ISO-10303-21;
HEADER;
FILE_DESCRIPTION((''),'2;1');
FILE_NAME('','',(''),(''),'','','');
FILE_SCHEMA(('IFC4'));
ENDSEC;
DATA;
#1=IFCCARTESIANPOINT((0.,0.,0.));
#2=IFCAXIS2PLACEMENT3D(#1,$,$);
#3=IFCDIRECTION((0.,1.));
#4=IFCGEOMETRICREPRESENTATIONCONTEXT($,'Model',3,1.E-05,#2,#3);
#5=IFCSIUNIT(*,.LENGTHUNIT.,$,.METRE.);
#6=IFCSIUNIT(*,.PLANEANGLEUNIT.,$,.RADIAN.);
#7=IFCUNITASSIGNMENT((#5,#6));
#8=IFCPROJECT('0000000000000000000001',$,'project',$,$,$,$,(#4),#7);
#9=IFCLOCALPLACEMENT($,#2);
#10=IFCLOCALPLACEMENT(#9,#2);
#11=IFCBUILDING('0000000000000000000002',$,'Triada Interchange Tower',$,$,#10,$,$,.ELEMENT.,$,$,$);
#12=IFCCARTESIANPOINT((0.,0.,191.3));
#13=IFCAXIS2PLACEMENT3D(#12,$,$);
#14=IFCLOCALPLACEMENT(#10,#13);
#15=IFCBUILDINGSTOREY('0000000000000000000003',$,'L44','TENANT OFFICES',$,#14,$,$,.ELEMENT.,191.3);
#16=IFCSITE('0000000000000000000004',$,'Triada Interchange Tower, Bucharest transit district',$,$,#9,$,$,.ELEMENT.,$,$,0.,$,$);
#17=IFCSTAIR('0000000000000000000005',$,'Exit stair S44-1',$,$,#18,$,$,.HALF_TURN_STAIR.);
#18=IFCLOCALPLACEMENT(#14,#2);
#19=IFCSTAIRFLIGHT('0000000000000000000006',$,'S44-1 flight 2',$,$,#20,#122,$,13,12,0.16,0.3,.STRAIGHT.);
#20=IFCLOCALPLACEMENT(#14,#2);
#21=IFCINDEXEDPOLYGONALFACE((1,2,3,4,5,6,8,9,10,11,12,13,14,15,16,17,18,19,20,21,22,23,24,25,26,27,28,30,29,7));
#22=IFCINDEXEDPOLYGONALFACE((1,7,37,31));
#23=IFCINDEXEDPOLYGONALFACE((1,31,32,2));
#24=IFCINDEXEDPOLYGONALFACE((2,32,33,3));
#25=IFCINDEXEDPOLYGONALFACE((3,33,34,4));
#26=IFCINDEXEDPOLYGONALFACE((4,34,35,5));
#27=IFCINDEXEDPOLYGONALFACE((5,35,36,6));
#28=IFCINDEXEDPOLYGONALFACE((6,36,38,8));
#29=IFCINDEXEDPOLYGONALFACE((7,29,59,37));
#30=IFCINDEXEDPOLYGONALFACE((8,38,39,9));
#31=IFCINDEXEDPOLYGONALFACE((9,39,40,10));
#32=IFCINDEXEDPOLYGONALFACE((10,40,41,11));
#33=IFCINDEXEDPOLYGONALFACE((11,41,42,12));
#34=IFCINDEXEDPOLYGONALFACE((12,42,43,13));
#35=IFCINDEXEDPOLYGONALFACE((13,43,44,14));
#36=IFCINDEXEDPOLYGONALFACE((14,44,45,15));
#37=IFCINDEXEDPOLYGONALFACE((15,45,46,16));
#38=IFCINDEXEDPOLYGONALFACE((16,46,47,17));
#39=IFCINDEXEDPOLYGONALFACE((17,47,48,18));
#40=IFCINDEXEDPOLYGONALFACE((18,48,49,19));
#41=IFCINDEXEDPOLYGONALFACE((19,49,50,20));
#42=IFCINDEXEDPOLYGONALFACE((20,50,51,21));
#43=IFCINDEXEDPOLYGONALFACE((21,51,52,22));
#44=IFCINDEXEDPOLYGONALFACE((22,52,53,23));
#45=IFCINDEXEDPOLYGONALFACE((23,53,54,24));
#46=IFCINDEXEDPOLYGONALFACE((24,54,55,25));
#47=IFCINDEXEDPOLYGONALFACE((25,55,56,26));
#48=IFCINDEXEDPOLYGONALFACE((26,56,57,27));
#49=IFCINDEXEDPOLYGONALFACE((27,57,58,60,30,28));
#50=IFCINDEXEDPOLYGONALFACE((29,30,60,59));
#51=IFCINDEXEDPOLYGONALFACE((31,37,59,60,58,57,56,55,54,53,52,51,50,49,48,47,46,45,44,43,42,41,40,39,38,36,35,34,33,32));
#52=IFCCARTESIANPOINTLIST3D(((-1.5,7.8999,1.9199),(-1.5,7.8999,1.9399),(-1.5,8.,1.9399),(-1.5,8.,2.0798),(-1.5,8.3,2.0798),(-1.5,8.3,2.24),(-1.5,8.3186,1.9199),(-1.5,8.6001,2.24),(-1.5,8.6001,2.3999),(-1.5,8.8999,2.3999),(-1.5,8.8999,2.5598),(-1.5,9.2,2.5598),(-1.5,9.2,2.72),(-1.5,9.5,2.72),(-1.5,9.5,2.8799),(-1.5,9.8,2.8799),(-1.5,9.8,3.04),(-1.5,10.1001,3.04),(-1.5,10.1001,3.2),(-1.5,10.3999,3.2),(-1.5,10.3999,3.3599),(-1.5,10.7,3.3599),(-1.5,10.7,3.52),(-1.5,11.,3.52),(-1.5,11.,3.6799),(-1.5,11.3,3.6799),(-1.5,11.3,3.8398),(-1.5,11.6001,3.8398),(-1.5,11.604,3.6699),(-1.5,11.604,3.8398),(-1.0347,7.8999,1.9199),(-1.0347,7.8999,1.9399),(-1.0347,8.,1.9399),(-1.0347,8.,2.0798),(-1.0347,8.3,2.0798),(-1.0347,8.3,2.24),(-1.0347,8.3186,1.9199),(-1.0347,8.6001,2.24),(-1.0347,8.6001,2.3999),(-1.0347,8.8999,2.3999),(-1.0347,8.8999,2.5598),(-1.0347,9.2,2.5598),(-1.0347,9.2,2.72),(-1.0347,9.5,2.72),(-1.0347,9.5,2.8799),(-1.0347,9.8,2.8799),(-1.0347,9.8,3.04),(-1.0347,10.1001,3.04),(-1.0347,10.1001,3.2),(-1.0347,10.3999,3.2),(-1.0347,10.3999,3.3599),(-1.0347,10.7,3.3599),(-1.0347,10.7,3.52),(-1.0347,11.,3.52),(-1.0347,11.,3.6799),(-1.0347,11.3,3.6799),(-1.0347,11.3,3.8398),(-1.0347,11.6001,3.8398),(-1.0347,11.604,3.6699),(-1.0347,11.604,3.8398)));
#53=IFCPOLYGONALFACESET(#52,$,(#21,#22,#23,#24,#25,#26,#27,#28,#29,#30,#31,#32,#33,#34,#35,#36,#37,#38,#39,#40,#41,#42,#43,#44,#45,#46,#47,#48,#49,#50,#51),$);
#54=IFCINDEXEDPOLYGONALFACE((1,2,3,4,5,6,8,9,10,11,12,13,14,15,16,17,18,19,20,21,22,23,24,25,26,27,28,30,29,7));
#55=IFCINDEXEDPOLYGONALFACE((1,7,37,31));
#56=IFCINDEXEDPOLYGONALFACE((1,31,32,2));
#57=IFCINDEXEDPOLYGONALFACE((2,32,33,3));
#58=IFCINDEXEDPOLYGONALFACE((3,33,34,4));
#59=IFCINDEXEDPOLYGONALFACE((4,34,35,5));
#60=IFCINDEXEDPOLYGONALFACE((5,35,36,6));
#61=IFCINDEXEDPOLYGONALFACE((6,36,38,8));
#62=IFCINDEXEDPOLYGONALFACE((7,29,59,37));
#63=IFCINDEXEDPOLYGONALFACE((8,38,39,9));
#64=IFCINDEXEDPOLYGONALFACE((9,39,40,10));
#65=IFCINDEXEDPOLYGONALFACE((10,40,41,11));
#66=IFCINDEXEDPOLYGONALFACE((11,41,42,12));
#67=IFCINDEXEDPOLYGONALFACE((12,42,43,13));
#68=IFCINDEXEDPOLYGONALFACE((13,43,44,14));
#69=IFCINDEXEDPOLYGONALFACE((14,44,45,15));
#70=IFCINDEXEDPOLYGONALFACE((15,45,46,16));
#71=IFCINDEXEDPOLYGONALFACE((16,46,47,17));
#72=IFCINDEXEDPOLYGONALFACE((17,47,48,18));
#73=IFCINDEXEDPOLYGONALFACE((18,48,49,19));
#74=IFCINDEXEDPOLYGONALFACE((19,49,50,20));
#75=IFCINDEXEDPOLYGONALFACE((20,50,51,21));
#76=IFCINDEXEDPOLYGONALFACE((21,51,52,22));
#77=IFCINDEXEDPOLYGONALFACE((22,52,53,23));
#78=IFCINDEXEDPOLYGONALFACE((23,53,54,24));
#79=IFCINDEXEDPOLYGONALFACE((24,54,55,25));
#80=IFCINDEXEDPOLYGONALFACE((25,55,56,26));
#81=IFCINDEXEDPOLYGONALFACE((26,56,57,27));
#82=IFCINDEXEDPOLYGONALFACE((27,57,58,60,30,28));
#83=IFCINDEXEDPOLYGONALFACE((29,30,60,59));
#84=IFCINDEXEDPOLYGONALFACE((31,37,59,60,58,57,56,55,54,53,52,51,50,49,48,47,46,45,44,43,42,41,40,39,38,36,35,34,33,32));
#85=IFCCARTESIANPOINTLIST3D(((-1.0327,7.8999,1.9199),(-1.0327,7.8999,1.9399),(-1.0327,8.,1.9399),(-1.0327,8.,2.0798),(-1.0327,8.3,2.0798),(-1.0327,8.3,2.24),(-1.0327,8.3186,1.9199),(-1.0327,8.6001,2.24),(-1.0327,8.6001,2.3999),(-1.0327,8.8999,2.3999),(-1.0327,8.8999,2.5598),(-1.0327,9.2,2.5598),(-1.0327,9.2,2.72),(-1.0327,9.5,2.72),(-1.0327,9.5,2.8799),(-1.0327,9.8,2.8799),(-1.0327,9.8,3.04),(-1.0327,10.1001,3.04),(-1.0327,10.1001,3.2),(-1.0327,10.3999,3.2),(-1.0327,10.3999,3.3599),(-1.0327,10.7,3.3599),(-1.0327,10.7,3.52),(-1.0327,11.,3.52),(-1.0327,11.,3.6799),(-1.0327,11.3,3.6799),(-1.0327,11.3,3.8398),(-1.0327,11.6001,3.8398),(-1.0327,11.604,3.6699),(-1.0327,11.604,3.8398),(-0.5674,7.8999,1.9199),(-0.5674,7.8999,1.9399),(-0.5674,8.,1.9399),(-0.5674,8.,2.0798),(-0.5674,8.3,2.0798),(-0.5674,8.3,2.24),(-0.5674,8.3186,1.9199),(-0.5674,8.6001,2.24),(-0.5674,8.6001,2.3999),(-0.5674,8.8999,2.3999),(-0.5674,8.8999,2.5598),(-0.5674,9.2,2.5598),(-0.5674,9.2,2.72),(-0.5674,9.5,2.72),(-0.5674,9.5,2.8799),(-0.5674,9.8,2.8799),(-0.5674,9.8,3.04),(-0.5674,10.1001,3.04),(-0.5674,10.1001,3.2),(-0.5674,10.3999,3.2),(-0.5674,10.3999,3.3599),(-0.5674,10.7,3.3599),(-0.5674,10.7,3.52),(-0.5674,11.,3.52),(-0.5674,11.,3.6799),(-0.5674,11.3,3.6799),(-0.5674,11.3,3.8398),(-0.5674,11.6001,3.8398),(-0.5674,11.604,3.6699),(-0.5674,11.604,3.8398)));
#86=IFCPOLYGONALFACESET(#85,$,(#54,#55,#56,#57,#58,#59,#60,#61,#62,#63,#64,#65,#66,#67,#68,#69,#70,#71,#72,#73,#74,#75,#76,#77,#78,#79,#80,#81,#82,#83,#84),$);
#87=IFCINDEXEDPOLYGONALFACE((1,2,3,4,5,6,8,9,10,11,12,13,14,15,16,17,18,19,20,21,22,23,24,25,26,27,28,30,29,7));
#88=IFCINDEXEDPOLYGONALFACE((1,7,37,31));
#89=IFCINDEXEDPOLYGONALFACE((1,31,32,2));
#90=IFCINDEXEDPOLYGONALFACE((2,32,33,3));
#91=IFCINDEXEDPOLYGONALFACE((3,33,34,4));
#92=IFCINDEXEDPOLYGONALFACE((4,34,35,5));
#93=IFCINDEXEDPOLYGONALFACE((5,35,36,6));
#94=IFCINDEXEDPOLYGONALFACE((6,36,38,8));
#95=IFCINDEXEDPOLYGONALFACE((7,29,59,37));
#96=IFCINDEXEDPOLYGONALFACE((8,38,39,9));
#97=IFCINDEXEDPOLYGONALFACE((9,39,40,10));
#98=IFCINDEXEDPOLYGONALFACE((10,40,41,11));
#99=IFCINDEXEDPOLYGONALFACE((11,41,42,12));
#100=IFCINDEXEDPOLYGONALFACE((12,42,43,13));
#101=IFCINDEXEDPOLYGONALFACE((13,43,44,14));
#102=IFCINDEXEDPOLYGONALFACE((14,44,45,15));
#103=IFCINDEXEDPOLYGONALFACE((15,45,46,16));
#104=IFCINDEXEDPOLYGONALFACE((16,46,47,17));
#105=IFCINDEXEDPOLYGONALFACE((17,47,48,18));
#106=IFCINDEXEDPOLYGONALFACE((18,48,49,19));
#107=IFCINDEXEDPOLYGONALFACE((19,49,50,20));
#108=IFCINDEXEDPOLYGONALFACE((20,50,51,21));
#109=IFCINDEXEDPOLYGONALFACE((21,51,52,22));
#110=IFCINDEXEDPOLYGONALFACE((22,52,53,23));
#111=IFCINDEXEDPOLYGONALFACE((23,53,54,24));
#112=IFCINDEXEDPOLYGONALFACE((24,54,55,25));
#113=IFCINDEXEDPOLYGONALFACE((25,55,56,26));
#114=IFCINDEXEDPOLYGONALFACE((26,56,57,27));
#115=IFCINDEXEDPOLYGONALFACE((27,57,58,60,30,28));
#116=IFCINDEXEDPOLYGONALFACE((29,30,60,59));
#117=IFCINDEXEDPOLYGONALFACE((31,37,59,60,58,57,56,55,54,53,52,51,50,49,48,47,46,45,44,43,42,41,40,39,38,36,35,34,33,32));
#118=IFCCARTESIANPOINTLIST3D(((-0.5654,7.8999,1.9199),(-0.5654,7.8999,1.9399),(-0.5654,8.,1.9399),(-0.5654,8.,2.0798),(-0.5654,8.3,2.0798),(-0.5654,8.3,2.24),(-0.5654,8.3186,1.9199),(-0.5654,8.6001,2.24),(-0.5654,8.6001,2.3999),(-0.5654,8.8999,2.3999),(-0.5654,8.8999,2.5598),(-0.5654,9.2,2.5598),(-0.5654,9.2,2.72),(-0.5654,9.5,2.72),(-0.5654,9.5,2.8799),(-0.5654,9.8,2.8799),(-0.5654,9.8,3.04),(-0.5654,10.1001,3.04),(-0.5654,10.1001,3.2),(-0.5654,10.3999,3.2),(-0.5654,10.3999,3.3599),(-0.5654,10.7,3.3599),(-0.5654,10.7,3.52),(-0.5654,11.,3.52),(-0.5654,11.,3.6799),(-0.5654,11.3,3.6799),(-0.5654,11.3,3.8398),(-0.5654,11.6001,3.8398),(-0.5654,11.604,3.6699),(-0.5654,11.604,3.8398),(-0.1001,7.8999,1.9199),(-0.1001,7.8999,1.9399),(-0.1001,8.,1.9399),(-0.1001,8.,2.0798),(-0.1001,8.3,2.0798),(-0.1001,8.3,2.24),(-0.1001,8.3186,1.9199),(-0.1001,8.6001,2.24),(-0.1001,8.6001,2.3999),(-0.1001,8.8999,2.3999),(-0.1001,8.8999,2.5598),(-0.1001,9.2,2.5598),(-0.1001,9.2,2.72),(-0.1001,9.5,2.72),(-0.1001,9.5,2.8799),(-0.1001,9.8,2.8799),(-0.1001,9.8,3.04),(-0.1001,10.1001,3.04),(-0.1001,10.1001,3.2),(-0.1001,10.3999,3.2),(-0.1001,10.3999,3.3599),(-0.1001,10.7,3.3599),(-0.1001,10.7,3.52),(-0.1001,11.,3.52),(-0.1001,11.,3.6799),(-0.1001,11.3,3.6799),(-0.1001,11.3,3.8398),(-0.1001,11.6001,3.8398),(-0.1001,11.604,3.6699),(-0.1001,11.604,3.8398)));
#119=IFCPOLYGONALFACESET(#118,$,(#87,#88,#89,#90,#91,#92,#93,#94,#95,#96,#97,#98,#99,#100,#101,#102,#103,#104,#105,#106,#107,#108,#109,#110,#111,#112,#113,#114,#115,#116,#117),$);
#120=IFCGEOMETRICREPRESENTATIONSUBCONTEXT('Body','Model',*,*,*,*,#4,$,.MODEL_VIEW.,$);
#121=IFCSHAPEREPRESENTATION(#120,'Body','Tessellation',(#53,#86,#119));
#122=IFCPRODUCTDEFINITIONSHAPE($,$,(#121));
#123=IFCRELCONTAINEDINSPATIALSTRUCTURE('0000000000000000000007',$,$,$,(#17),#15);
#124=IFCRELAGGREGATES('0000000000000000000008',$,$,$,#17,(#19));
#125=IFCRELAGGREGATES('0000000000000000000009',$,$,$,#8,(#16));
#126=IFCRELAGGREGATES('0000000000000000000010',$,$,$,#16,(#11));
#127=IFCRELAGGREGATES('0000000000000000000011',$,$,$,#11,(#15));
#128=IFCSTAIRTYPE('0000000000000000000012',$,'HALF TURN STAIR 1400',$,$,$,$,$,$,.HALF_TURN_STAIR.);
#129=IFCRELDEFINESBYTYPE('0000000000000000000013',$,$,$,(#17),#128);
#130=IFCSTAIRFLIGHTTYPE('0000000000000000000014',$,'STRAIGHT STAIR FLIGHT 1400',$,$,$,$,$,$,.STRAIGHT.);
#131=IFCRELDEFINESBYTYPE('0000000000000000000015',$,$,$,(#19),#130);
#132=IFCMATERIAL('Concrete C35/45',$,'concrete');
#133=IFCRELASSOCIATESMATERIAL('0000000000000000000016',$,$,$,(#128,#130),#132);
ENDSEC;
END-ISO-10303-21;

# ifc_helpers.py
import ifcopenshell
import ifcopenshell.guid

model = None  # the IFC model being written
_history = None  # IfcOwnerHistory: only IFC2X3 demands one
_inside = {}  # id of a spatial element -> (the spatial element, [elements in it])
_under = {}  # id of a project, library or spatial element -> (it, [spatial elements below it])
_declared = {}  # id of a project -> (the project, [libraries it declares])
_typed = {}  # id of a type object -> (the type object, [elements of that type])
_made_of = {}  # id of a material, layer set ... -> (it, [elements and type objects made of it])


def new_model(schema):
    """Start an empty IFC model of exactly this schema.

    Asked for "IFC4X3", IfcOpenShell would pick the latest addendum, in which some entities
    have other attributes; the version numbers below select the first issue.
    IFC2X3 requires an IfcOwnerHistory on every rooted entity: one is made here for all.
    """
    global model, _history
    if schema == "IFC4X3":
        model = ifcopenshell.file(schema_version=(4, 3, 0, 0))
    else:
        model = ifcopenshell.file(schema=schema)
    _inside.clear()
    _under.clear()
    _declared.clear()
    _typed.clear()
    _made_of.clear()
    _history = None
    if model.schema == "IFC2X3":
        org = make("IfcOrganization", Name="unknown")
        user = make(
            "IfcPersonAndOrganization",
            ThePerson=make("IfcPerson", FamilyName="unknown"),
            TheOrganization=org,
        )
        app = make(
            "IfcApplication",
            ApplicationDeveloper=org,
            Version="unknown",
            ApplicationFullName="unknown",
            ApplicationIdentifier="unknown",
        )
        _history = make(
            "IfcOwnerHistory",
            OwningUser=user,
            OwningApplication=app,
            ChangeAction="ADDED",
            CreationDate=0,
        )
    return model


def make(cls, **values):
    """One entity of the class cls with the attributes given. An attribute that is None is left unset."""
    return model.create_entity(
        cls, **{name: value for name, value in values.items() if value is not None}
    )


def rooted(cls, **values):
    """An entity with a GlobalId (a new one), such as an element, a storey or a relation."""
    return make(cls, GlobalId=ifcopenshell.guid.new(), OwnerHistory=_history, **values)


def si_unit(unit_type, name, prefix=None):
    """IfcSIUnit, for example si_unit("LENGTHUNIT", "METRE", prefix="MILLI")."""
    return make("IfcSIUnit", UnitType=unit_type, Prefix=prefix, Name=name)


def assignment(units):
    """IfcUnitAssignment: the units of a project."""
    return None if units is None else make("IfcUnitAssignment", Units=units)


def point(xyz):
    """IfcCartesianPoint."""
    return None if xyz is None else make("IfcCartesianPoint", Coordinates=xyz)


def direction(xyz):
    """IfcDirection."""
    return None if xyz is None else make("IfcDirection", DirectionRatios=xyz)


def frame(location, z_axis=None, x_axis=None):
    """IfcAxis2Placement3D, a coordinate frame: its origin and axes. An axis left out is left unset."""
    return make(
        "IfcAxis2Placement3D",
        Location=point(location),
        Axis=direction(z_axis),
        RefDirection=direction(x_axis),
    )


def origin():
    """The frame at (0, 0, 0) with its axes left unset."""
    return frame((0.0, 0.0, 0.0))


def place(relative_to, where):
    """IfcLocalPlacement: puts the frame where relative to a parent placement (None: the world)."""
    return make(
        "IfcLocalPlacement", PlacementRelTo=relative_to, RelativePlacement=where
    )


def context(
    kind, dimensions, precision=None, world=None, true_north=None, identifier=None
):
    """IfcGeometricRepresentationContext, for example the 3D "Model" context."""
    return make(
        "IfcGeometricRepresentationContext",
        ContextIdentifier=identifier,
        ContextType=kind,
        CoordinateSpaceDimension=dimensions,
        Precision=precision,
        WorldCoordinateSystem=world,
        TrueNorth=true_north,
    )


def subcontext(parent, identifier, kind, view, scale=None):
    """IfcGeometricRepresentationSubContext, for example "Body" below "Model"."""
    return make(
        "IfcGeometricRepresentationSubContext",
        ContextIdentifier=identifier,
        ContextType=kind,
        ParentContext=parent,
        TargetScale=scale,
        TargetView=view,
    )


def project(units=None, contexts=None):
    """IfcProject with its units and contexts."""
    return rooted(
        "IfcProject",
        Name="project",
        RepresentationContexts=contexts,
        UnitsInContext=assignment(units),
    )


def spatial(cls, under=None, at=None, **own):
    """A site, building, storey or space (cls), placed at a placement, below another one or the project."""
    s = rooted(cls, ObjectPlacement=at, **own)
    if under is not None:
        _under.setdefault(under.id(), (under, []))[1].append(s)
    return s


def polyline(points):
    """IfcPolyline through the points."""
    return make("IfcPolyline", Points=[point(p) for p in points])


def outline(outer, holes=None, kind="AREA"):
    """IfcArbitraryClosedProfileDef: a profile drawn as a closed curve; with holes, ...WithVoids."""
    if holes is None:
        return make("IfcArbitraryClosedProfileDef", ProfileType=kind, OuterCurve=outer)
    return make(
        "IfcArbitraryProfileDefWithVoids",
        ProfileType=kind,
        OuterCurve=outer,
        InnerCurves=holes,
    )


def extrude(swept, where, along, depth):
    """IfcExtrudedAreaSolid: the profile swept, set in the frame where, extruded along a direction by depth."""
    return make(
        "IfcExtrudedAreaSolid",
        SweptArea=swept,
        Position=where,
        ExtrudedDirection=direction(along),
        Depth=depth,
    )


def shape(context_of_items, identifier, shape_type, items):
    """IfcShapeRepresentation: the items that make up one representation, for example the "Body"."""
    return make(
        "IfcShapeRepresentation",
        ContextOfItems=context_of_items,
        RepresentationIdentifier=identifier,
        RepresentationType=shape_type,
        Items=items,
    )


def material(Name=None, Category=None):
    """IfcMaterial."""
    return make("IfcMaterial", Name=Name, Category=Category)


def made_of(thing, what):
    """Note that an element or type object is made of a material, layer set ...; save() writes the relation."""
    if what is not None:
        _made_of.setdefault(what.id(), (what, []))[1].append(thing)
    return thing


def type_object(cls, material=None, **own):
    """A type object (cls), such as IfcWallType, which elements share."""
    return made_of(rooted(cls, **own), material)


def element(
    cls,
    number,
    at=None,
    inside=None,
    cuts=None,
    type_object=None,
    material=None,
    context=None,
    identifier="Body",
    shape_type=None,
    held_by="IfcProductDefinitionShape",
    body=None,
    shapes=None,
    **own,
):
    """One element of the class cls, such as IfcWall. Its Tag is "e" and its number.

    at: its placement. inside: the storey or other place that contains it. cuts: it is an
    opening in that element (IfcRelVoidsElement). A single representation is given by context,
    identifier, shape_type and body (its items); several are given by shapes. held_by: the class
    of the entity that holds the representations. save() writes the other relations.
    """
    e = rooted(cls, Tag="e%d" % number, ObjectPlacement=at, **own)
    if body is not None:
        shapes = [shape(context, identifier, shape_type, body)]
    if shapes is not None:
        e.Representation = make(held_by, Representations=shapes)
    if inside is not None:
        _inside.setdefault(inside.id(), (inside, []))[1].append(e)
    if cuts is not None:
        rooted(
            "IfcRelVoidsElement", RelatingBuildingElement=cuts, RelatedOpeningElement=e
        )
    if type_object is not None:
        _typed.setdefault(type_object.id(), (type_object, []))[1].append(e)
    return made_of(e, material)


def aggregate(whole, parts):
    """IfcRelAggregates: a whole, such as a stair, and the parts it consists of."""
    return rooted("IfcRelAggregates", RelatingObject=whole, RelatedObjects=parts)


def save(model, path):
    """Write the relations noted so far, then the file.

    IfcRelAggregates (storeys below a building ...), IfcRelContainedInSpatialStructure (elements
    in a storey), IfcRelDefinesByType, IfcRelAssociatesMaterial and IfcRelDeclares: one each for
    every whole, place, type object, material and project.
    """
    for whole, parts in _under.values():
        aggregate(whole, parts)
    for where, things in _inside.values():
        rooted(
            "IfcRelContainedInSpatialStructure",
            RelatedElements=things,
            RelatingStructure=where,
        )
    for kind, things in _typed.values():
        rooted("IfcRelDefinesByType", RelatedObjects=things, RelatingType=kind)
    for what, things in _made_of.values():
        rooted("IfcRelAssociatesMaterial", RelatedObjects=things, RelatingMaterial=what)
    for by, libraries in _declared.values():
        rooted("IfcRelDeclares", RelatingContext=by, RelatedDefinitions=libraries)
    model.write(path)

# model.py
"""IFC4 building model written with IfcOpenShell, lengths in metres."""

from ifc_helpers import new_model, si_unit, direction, frame, origin, place, context, subcontext, project, spatial, polyline, outline, extrude, material, type_object, element, aggregate, save


model = new_model("IFC4")

# Units and contexts
model_context = context("Model", 3, precision=1e-05, world=origin(), true_north=direction((0.0, 1.0)))
body_context = subcontext(model_context, "Body", "Model", "MODEL_VIEW")
ifc_project = project(units=[si_unit("LENGTHUNIT", "METRE"), si_unit("PLANEANGLEUNIT", "RADIAN")], contexts=[model_context])

# Site, building, storey
site_placement = place(None, origin())
site = spatial("IfcSite", under=ifc_project, at=site_placement, Name="Triada Interchange Tower, Bucharest transit district", CompositionType="ELEMENT", RefElevation=0.0)
building_placement = place(site_placement, origin())
building = spatial("IfcBuilding", under=site, at=building_placement, Name="Triada Interchange Tower", CompositionType="ELEMENT")
storey_placement = place(building_placement, frame((0.0, 0.0, 191.3)))
storey = spatial("IfcBuildingStorey", under=building, at=storey_placement, Name="L44", Description="TENANT OFFICES", CompositionType="ELEMENT", Elevation=191.3)

# Stair, stair flight
ifc_material_1 = material(Name="Concrete C35/45", Category="concrete")
stair_type = type_object("IfcStairType", Name="HALF TURN STAIR 1400", PredefinedType="HALF_TURN_STAIR", material=ifc_material_1)
stair_placement = place(storey_placement, origin())
stair = element("IfcStair", 1, at=stair_placement, inside=storey, type_object=stair_type, Name="Exit stair S44-1", PredefinedType="HALF_TURN_STAIR")
stair_flight_type = type_object("IfcStairFlightType", Name="STRAIGHT STAIR FLIGHT 1400", PredefinedType="STRAIGHT", material=ifc_material_1)
stair_flight_placement = place(storey_placement, frame((-0.8, 8.0, 1.9199), z_axis=(0.0, 0.0, 1.0), x_axis=(0.0, 1.0, 0.0)))
stair_flight = element("IfcStairFlight", 2, at=stair_flight_placement, type_object=stair_flight_type, Name="S44-1 flight 2", NumberOfRisers=13, NumberOfTreads=12, PredefinedType="STRAIGHT", RiserHeight=0.16, TreadLength=0.3, context=body_context, shape_type="SweptSolid", body=[
    extrude(outline(polyline([(-0.1001, 0.0), (-0.1001, 0.02), (0.0, 0.02), (0.0, 0.1599), (0.3, 0.1599), (0.3, 0.3201), (0.6001, 0.3201), (0.6001, 0.48), (0.8999, 0.48), (0.8999, 0.6399), (1.2, 0.6399), (1.2, 0.8), (1.5, 0.8), (1.5, 0.96), (1.8, 0.96), (1.8, 1.1201), (2.1001, 1.1201), (2.1001, 1.28), (2.3999, 1.28), (2.3999, 1.4399), (2.7, 1.4399), (2.7, 1.6001), (3.0, 1.6001), (3.0, 1.76), (3.3, 1.76), (3.3, 1.9199), (3.6001, 1.9199), (3.604, 1.9199), (3.604, 2.0801), (3.604, 1.75), (0.3186, 0.0), (-0.1001, 0.0)])), frame((0.0, 0.7, 0.0), z_axis=(0.0, -1.0, 0.0), x_axis=(1.0, 0.0, 0.0)), (0.0, 0.0, 1.0), 0.4653),
    extrude(outline(polyline([(-0.1001, 0.0), (-0.1001, 0.02), (0.0, 0.02), (0.0, 0.1599), (0.3, 0.1599), (0.3, 0.3201), (0.6001, 0.3201), (0.6001, 0.48), (0.8999, 0.48), (0.8999, 0.6399), (1.2, 0.6399), (1.2, 0.8), (1.5, 0.8), (1.5, 0.96), (1.8, 0.96), (1.8, 1.1201), (2.1001, 1.1201), (2.1001, 1.28), (2.3999, 1.28), (2.3999, 1.4399), (2.7, 1.4399), (2.7, 1.6001), (3.0, 1.6001), (3.0, 1.76), (3.3, 1.76), (3.3, 1.9199), (3.6001, 1.9199), (3.604, 1.9199), (3.604, 2.0801), (3.604, 1.75), (0.3186, 0.0), (-0.1001, 0.0)])), frame((0.0, 0.2327, 0.0), z_axis=(0.0, -1.0, 0.0), x_axis=(1.0, 0.0, 0.0)), (0.0, 0.0, 1.0), 0.4653),
    extrude(outline(polyline([(-0.1001, 0.0), (-0.1001, 0.02), (0.0, 0.02), (0.0, 0.1599), (0.3, 0.1599), (0.3, 0.3201), (0.6001, 0.3201), (0.6001, 0.48), (0.8999, 0.48), (0.8999, 0.6399), (1.2, 0.6399), (1.2, 0.8), (1.5, 0.8), (1.5, 0.96), (1.8, 0.96), (1.8, 1.1201), (2.1001, 1.1201), (2.1001, 1.28), (2.3999, 1.28), (2.3999, 1.4399), (2.7, 1.4399), (2.7, 1.6001), (3.0, 1.6001), (3.0, 1.76), (3.3, 1.76), (3.3, 1.9199), (3.6001, 1.9199), (3.604, 1.9199), (3.604, 2.0801), (3.604, 1.75), (0.3186, 0.0), (-0.1001, 0.0)])), frame((0.0, -0.2346, 0.0), z_axis=(0.0, -1.0, 0.0), x_axis=(1.0, 0.0, 0.0)), (0.0, 0.0, 1.0), 0.4653),
])
aggregate(stair, [stair_flight])

save(model, "model.ifc")
